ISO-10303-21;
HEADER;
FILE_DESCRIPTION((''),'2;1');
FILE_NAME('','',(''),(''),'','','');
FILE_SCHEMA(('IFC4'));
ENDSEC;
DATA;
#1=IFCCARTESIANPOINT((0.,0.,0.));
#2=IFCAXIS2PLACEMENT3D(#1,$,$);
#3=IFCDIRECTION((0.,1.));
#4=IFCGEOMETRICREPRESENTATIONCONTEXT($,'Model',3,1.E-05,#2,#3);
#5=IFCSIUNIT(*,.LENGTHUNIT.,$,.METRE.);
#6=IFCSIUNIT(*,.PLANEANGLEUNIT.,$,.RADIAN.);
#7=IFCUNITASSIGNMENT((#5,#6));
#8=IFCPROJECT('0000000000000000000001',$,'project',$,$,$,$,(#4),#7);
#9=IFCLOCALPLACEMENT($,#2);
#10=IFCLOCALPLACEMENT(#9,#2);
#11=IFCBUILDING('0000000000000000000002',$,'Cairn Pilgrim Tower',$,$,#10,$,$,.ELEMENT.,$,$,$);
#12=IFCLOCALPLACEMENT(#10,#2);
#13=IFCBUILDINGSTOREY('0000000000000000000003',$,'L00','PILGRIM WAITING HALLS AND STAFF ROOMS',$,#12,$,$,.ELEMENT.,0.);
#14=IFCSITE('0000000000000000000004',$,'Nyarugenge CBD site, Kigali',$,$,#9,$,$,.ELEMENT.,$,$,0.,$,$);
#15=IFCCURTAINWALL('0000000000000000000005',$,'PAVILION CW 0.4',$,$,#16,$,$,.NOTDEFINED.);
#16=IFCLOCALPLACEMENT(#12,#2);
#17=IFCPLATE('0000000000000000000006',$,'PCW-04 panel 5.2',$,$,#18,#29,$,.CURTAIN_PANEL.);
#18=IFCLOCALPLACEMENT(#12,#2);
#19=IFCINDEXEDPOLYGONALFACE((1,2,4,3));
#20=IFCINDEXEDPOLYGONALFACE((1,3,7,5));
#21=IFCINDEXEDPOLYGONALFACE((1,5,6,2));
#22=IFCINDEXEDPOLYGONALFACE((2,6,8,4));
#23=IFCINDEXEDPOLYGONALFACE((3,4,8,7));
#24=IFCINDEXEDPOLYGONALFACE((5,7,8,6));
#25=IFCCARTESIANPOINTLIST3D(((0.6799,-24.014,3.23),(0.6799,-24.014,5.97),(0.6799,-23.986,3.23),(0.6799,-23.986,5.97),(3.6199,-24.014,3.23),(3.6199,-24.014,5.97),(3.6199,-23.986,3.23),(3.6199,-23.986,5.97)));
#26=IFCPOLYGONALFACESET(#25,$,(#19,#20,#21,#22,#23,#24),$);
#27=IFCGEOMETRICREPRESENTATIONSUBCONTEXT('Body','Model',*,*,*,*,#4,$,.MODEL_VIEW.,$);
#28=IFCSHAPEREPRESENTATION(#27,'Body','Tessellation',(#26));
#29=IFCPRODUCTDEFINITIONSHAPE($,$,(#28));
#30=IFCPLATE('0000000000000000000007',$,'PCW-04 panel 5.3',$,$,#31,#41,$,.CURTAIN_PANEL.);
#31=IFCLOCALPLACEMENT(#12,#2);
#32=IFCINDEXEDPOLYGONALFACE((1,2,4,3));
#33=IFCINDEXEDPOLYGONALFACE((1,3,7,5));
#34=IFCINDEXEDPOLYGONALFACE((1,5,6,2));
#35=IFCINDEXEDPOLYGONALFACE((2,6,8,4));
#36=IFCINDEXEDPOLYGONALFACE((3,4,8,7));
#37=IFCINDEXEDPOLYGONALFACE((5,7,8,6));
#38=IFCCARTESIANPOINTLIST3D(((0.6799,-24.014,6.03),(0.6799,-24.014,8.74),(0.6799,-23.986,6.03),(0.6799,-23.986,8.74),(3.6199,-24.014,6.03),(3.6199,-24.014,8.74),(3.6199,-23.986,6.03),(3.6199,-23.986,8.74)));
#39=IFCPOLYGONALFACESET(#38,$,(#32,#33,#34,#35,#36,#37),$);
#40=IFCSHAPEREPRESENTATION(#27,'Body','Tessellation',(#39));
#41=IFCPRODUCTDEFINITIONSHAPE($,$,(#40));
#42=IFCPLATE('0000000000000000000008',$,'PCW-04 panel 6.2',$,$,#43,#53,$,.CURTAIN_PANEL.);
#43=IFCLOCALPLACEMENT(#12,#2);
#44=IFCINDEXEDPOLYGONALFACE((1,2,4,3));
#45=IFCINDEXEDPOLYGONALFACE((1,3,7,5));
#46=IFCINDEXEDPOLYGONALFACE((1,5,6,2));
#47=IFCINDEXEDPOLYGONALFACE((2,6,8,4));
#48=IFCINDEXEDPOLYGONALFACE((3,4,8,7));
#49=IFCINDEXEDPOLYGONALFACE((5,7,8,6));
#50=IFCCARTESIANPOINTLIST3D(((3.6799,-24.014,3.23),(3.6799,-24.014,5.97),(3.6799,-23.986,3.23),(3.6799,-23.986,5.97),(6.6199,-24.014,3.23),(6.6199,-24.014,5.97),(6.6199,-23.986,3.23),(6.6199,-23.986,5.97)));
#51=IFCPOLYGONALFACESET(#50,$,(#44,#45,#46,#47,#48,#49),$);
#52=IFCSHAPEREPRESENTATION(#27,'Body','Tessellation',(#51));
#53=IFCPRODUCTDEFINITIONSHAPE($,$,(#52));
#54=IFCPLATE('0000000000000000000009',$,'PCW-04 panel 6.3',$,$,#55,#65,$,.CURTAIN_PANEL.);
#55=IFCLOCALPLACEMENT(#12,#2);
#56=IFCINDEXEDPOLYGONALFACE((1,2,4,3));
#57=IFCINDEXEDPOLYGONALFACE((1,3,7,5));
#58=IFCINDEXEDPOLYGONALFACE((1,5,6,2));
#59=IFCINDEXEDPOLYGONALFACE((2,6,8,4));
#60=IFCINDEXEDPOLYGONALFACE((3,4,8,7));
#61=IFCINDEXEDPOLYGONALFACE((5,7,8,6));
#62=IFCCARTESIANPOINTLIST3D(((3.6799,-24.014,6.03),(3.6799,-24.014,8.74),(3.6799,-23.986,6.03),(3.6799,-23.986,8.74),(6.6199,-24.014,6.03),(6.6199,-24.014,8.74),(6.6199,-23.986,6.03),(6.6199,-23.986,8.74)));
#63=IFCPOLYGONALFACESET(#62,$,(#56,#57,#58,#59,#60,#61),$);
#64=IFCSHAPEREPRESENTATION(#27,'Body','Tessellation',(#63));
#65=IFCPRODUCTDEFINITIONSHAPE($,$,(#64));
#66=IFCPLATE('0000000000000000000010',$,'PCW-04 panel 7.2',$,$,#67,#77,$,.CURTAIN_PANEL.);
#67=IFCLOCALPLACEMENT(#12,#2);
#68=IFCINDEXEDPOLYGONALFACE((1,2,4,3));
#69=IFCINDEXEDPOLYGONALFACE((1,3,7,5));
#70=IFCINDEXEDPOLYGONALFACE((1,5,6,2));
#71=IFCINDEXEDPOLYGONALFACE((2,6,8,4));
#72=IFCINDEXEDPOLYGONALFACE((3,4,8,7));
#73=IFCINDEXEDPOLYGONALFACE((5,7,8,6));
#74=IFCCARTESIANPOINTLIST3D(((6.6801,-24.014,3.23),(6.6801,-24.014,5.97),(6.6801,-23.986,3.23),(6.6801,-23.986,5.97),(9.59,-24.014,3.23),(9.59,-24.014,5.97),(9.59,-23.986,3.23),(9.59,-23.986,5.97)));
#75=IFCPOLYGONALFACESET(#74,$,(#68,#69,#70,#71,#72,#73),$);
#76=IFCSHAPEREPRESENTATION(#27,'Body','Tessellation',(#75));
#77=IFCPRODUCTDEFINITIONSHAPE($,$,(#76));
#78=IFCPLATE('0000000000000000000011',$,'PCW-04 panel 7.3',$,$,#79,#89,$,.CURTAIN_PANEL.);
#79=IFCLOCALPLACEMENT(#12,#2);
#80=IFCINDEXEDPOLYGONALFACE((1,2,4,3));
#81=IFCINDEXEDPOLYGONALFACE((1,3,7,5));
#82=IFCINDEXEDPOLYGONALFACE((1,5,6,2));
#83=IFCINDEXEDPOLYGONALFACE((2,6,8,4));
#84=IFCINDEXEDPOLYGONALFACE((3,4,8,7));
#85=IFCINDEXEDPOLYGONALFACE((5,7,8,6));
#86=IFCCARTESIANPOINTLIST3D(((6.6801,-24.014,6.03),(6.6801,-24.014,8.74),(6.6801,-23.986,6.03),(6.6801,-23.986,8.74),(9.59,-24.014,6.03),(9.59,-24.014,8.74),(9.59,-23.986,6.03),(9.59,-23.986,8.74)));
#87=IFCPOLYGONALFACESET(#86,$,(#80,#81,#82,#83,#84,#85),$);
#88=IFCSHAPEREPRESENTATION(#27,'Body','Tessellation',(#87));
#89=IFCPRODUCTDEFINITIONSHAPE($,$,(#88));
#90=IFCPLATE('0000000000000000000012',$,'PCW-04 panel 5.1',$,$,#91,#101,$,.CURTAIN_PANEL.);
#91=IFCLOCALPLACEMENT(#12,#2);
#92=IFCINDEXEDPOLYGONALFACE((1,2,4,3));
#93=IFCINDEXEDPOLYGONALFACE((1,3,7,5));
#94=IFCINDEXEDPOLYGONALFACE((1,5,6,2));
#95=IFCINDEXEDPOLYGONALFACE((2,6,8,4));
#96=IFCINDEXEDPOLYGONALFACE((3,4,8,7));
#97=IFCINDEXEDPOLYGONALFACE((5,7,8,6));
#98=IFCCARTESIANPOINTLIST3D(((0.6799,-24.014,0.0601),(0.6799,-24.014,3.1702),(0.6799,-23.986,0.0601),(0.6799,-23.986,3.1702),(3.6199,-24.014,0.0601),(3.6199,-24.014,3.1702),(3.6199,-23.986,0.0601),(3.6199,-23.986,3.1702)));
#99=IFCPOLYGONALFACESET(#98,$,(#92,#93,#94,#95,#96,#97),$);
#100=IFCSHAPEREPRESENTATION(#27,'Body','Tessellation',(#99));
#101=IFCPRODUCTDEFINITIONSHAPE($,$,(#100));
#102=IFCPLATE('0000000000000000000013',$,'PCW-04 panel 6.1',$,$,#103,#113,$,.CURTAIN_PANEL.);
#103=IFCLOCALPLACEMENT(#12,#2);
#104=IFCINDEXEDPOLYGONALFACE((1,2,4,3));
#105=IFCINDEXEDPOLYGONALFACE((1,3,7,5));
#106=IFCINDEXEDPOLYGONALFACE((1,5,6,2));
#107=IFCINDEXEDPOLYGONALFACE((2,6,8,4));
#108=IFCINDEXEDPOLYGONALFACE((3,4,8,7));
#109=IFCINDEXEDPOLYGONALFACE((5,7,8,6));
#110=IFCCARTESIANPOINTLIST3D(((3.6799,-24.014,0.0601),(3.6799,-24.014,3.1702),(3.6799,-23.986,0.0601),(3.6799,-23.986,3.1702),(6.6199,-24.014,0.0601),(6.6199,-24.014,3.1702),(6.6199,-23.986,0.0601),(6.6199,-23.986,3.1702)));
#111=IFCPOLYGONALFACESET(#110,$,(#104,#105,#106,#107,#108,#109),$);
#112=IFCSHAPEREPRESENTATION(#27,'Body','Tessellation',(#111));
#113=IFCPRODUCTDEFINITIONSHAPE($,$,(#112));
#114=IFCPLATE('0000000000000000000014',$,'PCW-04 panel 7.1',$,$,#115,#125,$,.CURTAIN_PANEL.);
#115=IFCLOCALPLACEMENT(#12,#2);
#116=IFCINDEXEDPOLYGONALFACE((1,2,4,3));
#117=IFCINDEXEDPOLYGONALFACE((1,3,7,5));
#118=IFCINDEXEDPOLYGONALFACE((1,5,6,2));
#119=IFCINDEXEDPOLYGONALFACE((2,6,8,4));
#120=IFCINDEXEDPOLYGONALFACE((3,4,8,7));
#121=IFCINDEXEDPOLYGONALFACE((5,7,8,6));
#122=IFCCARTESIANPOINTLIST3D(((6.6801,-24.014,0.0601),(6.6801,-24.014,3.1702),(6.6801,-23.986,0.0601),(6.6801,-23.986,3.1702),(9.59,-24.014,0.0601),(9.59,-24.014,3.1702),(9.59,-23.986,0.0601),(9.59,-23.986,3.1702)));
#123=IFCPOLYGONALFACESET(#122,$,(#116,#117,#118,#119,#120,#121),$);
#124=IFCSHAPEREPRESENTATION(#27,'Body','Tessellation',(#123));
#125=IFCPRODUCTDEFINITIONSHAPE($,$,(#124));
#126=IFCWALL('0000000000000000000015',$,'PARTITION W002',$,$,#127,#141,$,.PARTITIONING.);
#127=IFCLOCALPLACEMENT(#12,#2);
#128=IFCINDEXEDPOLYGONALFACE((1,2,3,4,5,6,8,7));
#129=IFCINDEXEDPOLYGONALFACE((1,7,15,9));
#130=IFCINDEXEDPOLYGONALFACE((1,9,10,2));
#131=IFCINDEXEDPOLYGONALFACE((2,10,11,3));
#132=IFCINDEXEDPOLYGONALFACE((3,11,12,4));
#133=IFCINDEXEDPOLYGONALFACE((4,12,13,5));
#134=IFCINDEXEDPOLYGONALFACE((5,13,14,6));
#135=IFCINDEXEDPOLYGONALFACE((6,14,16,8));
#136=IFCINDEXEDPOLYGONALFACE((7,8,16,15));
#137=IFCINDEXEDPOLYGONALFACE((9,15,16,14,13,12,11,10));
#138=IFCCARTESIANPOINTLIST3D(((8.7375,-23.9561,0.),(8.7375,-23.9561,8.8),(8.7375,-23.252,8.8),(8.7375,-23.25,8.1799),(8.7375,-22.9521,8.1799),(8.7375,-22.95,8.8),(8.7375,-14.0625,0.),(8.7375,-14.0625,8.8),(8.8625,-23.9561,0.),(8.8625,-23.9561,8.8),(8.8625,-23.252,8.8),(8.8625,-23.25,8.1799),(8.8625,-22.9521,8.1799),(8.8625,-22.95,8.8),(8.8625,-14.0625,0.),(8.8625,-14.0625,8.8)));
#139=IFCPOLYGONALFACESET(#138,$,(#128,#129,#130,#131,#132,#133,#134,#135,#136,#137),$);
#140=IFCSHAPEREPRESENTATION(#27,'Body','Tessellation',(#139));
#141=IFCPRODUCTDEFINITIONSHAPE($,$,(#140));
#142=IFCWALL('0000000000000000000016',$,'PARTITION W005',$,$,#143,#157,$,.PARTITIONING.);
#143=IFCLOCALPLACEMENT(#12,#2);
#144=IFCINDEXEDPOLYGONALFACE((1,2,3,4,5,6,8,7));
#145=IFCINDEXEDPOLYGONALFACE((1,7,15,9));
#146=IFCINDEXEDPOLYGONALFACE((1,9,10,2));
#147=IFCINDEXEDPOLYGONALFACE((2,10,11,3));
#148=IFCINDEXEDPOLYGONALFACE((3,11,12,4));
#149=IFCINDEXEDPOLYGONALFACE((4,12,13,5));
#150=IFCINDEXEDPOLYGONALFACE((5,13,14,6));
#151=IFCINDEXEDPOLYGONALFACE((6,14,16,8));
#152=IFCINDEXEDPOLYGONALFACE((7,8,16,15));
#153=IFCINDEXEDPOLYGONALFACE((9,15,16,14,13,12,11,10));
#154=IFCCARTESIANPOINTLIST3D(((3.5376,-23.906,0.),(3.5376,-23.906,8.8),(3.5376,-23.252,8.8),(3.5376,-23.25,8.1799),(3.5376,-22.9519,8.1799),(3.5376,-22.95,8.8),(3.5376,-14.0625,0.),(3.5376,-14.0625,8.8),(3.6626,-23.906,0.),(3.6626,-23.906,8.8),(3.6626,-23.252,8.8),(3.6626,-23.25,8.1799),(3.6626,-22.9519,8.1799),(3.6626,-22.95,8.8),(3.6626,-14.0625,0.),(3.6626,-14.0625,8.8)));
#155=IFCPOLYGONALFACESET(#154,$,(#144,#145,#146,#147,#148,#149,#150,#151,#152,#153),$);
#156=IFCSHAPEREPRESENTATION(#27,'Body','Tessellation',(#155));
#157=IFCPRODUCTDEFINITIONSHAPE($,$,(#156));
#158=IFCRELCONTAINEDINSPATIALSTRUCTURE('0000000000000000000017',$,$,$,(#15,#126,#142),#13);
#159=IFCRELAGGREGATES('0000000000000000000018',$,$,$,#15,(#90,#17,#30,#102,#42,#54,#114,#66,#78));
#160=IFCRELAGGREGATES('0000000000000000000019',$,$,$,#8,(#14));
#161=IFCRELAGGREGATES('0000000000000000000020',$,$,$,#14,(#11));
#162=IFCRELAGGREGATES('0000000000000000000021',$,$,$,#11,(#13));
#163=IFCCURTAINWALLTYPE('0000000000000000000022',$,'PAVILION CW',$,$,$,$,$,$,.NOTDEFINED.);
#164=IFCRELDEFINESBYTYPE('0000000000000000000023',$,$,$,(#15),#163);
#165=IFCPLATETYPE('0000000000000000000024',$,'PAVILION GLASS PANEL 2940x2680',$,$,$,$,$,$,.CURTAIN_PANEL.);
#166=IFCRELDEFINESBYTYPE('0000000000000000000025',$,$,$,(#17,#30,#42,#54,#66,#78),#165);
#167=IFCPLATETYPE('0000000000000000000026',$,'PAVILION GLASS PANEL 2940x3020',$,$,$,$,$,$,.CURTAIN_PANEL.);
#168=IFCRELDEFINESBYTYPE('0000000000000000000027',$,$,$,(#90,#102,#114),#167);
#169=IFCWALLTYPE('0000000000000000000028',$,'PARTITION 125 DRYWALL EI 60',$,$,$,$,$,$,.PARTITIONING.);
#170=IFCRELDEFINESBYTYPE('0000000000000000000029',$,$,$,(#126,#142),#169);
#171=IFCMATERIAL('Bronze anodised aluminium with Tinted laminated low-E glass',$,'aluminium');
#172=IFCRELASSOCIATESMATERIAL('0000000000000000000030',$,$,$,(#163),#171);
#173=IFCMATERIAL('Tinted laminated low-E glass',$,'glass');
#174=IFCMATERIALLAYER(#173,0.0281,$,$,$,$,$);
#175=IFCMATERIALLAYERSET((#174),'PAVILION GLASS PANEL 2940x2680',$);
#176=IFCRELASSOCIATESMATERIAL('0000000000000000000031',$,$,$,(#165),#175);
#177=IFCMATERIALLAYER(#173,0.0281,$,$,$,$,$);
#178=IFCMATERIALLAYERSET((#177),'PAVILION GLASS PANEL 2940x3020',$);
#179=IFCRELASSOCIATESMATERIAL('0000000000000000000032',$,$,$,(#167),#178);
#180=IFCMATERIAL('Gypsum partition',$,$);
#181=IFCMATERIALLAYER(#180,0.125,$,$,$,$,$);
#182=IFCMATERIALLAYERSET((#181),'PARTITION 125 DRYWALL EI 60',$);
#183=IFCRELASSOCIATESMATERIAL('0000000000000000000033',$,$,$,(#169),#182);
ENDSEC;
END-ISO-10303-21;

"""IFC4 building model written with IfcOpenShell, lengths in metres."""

from ifc_helpers import new_model, si_unit, direction, frame, origin, origin_2d, place, context, subcontext, project, spatial, polyline, rectangle, outline, extrude, material, layer, layer_set, type_object, element, aggregate, save


model = new_model("IFC4")

# Units and contexts
model_context = context("Model", 3, precision=1e-05, world=origin(), true_north=direction((0.0, 1.0)))
body_context = subcontext(model_context, "Body", "Model", "MODEL_VIEW")
ifc_project = project(units=[si_unit("LENGTHUNIT", "METRE"), si_unit("PLANEANGLEUNIT", "RADIAN")], contexts=[model_context])

# Site, building, storey
site_placement = place(None, origin())
site = spatial("IfcSite", under=ifc_project, at=site_placement, Name="Nyarugenge CBD site, Kigali", CompositionType="ELEMENT", RefElevation=0.0)
building_placement = place(site_placement, origin())
building = spatial("IfcBuilding", under=site, at=building_placement, Name="Cairn Pilgrim Tower", CompositionType="ELEMENT")
storey_placement = place(building_placement, origin())
storey = spatial("IfcBuildingStorey", under=building, at=storey_placement, Name="L00", Description="PILGRIM WAITING HALLS AND STAFF ROOMS", CompositionType="ELEMENT", Elevation=0.0)

# Curtain wall, plates
ifc_material_1 = material(Name="Bronze anodised aluminium with Tinted laminated low-E glass", Category="aluminium")
curtain_wall_type = type_object("IfcCurtainWallType", Name="PAVILION CW", PredefinedType="NOTDEFINED", material=ifc_material_1)
curtain_wall_placement = place(storey_placement, origin())
curtain_wall = element("IfcCurtainWall", 1, at=curtain_wall_placement, inside=storey, type_object=curtain_wall_type, Name="PAVILION CW 0.4", PredefinedType="NOTDEFINED")
ifc_material_2 = material(Name="Tinted laminated low-E glass", Category="glass")
ifc_layer_1 = layer(ifc_material_2, 0.0281)
ifc_layer_set_1 = layer_set([ifc_layer_1], Name="PAVILION GLASS PANEL 2940x2680")
plate_type_1 = type_object("IfcPlateType", Name="PAVILION GLASS PANEL 2940x2680", PredefinedType="CURTAIN_PANEL", material=ifc_layer_set_1)
plate_1_placement = place(storey_placement, frame((2.1499, -24.0, 3.23), z_axis=(0.0, 0.0, 1.0), x_axis=(1.0, 0.0, 0.0)))
plate_1 = element("IfcPlate", 2, at=plate_1_placement, type_object=plate_type_1, Name="PCW-04 panel 5.2", PredefinedType="CURTAIN_PANEL", context=body_context, shape_type="SweptSolid", body=[
    extrude(rectangle(XDim=2.9399, YDim=0.0281, at=origin_2d()), origin(), (0.0, 0.0, 1.0), 2.74),
])
plate_2_placement = place(storey_placement, frame((2.1499, -24.0, 6.03), z_axis=(0.0, 0.0, 1.0), x_axis=(1.0, 0.0, 0.0)))
plate_2 = element("IfcPlate", 3, at=plate_2_placement, type_object=plate_type_1, Name="PCW-04 panel 5.3", PredefinedType="CURTAIN_PANEL", context=body_context, shape_type="SweptSolid", body=[
    extrude(rectangle(XDim=2.9399, YDim=0.0281, at=origin_2d()), origin(), (0.0, 0.0, 1.0), 2.71),
])
plate_3_placement = place(storey_placement, frame((5.1499, -24.0, 3.23), z_axis=(0.0, 0.0, 1.0), x_axis=(1.0, 0.0, 0.0)))
plate_3 = element("IfcPlate", 4, at=plate_3_placement, type_object=plate_type_1, Name="PCW-04 panel 6.2", PredefinedType="CURTAIN_PANEL", context=body_context, shape_type="SweptSolid", body=[
    extrude(rectangle(XDim=2.9399, YDim=0.0281, at=origin_2d()), origin(), (0.0, 0.0, 1.0), 2.74),
])
plate_4_placement = place(storey_placement, frame((5.1499, -24.0, 6.03), z_axis=(0.0, 0.0, 1.0), x_axis=(1.0, 0.0, 0.0)))
plate_4 = element("IfcPlate", 5, at=plate_4_placement, type_object=plate_type_1, Name="PCW-04 panel 6.3", PredefinedType="CURTAIN_PANEL", context=body_context, shape_type="SweptSolid", body=[
    extrude(rectangle(XDim=2.9399, YDim=0.0281, at=origin_2d()), origin(), (0.0, 0.0, 1.0), 2.71),
])
plate_5_placement = place(storey_placement, frame((8.135, -24.0, 3.23), z_axis=(0.0, 0.0, 1.0), x_axis=(1.0, 0.0, 0.0)))
plate_5 = element("IfcPlate", 6, at=plate_5_placement, type_object=plate_type_1, Name="PCW-04 panel 7.2", PredefinedType="CURTAIN_PANEL", context=body_context, shape_type="SweptSolid", body=[
    extrude(rectangle(XDim=2.9099, YDim=0.0281, at=origin_2d()), origin(), (0.0, 0.0, 1.0), 2.74),
])
plate_6_placement = place(storey_placement, frame((8.135, -24.0, 6.03), z_axis=(0.0, 0.0, 1.0), x_axis=(1.0, 0.0, 0.0)))
plate_6 = element("IfcPlate", 7, at=plate_6_placement, type_object=plate_type_1, Name="PCW-04 panel 7.3", PredefinedType="CURTAIN_PANEL", context=body_context, shape_type="SweptSolid", body=[
    extrude(rectangle(XDim=2.9099, YDim=0.0281, at=origin_2d()), origin(), (0.0, 0.0, 1.0), 2.71),
])
ifc_layer_2 = layer(ifc_material_2, 0.0281)
ifc_layer_set_2 = layer_set([ifc_layer_2], Name="PAVILION GLASS PANEL 2940x3020")
plate_type_2 = type_object("IfcPlateType", Name="PAVILION GLASS PANEL 2940x3020", PredefinedType="CURTAIN_PANEL", material=ifc_layer_set_2)
plate_7_placement = place(storey_placement, frame((2.1499, -24.0, 0.0601), z_axis=(0.0, 0.0, 1.0), x_axis=(1.0, 0.0, 0.0)))
plate_7 = element("IfcPlate", 8, at=plate_7_placement, type_object=plate_type_2, Name="PCW-04 panel 5.1", PredefinedType="CURTAIN_PANEL", context=body_context, shape_type="SweptSolid", body=[
    extrude(rectangle(XDim=2.9399, YDim=0.0281, at=origin_2d()), origin(), (0.0, 0.0, 1.0), 3.1101),
])
plate_8_placement = place(storey_placement, frame((5.1499, -24.0, 0.0601), z_axis=(0.0, 0.0, 1.0), x_axis=(1.0, 0.0, 0.0)))
plate_8 = element("IfcPlate", 9, at=plate_8_placement, type_object=plate_type_2, Name="PCW-04 panel 6.1", PredefinedType="CURTAIN_PANEL", context=body_context, shape_type="SweptSolid", body=[
    extrude(rectangle(XDim=2.9399, YDim=0.0281, at=origin_2d()), origin(), (0.0, 0.0, 1.0), 3.1101),
])
plate_9_placement = place(storey_placement, frame((8.135, -24.0, 0.0601), z_axis=(0.0, 0.0, 1.0), x_axis=(1.0, 0.0, 0.0)))
plate_9 = element("IfcPlate", 10, at=plate_9_placement, type_object=plate_type_2, Name="PCW-04 panel 7.1", PredefinedType="CURTAIN_PANEL", context=body_context, shape_type="SweptSolid", body=[
    extrude(rectangle(XDim=2.9099, YDim=0.0281, at=origin_2d()), origin(), (0.0, 0.0, 1.0), 3.1101),
])
aggregate(curtain_wall, [plate_7, plate_1, plate_2, plate_8, plate_3, plate_4, plate_9, plate_5, plate_6])

# Walls
ifc_material_3 = material(Name="Gypsum partition")
ifc_layer_3 = layer(ifc_material_3, 0.125)
ifc_layer_set_3 = layer_set([ifc_layer_3], Name="PARTITION 125 DRYWALL EI 60")
wall_type = type_object("IfcWallType", Name="PARTITION 125 DRYWALL EI 60", PredefinedType="PARTITIONING", material=ifc_layer_set_3)
wall_1_placement = place(storey_placement, frame((8.8, -23.9561, 0.0), z_axis=(0.0, 0.0, 1.0), x_axis=(0.0, 1.0, 0.0)))
element("IfcWall", 11, at=wall_1_placement, inside=storey, type_object=wall_type, Name="PARTITION W002", PredefinedType="PARTITIONING", context=body_context, shape_type="SweptSolid", body=[
    extrude(outline(polyline([(0.0, 0.0), (9.8936, 0.0), (9.8936, 8.8), (1.0061, 8.8), (1.0039, 8.1799), (0.7061, 8.1799), (0.7041, 8.8), (0.0, 8.8), (0.0, 0.0)])), frame((0.0, 0.0625, 0.0), z_axis=(0.0, -1.0, 0.0), x_axis=(1.0, 0.0, 0.0)), (0.0, 0.0, 1.0), 0.125),
])
wall_2_placement = place(storey_placement, frame((3.6001, -23.906, 0.0), z_axis=(0.0, 0.0, 1.0), x_axis=(0.0, 1.0, 0.0)))
element("IfcWall", 12, at=wall_2_placement, inside=storey, type_object=wall_type, Name="PARTITION W005", PredefinedType="PARTITIONING", context=body_context, shape_type="SweptSolid", body=[
    extrude(outline(polyline([(0.0, 0.0), (9.8435, 0.0), (9.8435, 8.8), (0.9561, 8.8), (0.9541, 8.1799), (0.656, 8.1799), (0.6541, 8.8), (0.0, 8.8), (0.0, 0.0)])), frame((0.0, 0.0625, 0.0), z_axis=(0.0, -1.0, 0.0), x_axis=(1.0, 0.0, 0.0)), (0.0, 0.0, 1.0), 0.125),
])

save(model, "model.ifc")
